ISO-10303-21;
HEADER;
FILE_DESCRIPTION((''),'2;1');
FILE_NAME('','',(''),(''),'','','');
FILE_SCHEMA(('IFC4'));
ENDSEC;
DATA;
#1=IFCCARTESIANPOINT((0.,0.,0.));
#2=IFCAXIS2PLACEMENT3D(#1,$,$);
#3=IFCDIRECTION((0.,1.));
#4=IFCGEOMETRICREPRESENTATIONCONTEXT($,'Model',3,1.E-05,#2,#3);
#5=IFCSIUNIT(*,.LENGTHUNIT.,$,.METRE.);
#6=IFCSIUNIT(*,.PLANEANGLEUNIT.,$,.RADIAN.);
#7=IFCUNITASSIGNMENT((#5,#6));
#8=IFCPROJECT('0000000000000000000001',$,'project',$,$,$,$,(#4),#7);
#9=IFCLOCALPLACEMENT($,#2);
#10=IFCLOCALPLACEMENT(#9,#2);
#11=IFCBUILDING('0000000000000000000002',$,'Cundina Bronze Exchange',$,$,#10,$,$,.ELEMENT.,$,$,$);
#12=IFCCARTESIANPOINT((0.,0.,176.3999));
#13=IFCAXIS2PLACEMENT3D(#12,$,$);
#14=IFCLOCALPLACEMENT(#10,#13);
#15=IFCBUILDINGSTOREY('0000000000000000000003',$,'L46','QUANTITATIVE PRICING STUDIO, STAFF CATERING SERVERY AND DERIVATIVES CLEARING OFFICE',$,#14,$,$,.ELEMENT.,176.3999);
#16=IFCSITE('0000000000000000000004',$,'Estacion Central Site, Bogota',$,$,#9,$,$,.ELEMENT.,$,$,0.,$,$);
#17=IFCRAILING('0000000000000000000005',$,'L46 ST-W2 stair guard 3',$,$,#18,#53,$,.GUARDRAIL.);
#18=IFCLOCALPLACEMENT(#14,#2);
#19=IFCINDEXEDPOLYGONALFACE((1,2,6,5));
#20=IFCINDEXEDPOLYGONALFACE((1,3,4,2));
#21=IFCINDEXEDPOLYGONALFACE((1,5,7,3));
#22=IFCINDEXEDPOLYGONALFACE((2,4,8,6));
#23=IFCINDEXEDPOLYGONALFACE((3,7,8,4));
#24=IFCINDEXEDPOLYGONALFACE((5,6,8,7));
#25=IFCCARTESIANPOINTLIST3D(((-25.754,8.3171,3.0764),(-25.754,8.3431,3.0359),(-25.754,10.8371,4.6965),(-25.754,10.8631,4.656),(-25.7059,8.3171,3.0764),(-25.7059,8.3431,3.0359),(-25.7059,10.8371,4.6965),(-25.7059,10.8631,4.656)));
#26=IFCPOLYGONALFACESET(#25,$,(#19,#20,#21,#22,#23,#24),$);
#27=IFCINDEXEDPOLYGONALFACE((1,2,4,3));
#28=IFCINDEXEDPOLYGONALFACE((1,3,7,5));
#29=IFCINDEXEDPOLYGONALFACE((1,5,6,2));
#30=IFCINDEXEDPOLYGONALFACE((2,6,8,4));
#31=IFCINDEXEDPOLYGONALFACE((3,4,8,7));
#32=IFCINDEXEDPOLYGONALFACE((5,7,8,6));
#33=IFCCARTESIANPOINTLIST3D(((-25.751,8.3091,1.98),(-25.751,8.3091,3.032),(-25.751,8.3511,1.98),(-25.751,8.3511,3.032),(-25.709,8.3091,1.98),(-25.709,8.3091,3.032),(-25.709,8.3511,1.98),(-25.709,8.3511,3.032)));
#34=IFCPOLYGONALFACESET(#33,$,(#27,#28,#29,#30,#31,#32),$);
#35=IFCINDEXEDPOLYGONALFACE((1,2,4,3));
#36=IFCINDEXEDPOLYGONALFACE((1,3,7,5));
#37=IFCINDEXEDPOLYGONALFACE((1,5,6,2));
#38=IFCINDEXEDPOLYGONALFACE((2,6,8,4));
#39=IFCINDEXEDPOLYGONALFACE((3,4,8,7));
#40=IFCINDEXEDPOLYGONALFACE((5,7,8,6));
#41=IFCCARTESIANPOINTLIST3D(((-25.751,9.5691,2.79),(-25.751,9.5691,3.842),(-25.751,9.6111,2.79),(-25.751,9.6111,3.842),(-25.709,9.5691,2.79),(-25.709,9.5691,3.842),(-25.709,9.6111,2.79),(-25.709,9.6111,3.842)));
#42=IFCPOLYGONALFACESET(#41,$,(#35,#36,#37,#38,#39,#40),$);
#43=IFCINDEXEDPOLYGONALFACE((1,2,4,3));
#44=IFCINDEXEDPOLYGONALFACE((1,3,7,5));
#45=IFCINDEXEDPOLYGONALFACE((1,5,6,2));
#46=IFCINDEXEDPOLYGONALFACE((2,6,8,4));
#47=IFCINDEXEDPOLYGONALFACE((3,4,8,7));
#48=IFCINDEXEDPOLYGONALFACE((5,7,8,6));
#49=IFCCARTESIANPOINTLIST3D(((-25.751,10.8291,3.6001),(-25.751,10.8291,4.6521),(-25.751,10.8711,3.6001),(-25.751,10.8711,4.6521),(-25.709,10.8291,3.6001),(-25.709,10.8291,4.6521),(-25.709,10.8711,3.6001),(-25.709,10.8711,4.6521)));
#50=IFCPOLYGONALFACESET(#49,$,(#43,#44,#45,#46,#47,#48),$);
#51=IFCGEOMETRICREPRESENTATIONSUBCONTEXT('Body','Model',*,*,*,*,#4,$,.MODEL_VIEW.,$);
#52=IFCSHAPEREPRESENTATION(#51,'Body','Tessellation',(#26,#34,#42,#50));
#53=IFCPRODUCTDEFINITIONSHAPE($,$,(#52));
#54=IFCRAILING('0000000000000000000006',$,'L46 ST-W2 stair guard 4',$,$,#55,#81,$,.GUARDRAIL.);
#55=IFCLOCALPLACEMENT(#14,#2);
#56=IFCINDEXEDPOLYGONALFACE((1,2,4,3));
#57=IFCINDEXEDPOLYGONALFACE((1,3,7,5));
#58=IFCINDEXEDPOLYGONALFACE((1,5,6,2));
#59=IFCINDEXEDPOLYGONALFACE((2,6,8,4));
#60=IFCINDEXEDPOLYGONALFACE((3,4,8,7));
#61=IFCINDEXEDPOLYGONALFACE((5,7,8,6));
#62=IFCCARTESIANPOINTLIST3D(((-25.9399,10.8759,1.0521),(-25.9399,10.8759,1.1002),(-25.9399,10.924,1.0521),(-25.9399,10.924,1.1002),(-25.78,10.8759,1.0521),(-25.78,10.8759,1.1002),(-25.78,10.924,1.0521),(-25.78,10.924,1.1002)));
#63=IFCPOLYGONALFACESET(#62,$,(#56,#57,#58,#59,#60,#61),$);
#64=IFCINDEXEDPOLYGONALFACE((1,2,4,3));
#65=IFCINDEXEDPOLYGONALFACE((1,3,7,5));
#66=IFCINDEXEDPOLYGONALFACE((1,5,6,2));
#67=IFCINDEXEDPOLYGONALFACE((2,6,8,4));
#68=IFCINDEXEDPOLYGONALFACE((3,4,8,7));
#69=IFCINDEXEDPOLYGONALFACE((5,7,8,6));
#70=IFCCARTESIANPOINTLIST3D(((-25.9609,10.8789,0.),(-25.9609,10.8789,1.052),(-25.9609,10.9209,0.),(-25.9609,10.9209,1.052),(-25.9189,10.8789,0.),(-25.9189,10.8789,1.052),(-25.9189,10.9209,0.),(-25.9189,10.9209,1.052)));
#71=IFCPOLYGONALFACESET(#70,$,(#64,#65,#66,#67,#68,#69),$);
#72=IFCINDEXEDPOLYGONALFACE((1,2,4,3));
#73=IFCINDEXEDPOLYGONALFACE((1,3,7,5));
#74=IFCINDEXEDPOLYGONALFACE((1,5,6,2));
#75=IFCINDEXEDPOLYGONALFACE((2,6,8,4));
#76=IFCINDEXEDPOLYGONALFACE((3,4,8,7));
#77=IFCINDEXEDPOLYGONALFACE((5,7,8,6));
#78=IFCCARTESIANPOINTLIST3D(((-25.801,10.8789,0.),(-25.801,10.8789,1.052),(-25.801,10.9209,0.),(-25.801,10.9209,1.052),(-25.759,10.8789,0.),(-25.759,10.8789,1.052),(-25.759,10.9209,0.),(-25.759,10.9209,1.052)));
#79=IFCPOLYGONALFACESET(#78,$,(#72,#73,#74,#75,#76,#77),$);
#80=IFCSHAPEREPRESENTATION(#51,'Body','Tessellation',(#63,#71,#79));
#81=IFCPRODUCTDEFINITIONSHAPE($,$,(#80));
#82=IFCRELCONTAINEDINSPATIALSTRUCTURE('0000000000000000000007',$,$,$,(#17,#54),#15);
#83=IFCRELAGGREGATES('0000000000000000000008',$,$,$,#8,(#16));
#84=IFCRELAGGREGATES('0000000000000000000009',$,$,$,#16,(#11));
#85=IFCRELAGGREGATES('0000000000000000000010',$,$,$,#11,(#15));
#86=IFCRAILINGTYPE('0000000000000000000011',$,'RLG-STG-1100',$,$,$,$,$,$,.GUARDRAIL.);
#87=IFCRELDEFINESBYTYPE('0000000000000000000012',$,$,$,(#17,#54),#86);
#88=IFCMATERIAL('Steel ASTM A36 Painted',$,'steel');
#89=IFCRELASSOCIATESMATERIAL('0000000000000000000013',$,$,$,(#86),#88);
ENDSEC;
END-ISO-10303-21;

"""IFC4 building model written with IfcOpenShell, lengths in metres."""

from ifc_helpers import new_model, si_unit, direction, frame, origin, origin_2d, place, context, subcontext, project, spatial, rectangle, extrude, material, type_object, element, save


model = new_model("IFC4")

# Units and contexts
model_context = context("Model", 3, precision=1e-05, world=origin(), true_north=direction((0.0, 1.0)))
body_context = subcontext(model_context, "Body", "Model", "MODEL_VIEW")
ifc_project = project(units=[si_unit("LENGTHUNIT", "METRE"), si_unit("PLANEANGLEUNIT", "RADIAN")], contexts=[model_context])

# Site, building, storey
site_placement = place(None, origin())
site = spatial("IfcSite", under=ifc_project, at=site_placement, Name="Estacion Central Site, Bogota", CompositionType="ELEMENT", RefElevation=0.0)
building_placement = place(site_placement, origin())
building = spatial("IfcBuilding", under=site, at=building_placement, Name="Cundina Bronze Exchange", CompositionType="ELEMENT")
storey_placement = place(building_placement, frame((0.0, 0.0, 176.3999)))
storey = spatial("IfcBuildingStorey", under=building, at=storey_placement, Name="L46", Description="QUANTITATIVE PRICING STUDIO, STAFF CATERING SERVERY AND DERIVATIVES CLEARING OFFICE", CompositionType="ELEMENT", Elevation=176.3999)

# Shared definitions
ifc_material_1 = material(Name="Steel ASTM A36 Painted", Category="steel")

# Railings
railing_type_1 = type_object("IfcRailingType", Name="RLG-STG-1100", PredefinedType="GUARDRAIL", material=ifc_material_1)
railing_1_placement = place(storey_placement, frame((-25.73, 8.3301, 1.98)))
element("IfcRailing", 1, at=railing_1_placement, inside=storey, type_object=railing_type_1, Name="L46 ST-W2 stair guard 3", PredefinedType="GUARDRAIL", context=body_context, shape_type="SweptSolid", body=[
    extrude(rectangle(XDim=0.0481, YDim=0.0481, at=origin_2d()), frame((0.0, 0.0, 1.0762), z_axis=(0.0, 0.841163, 0.540782), x_axis=(-1.0, 0.0, 0.0)), (0.0, 0.0, 1.0), 2.9958),
    extrude(rectangle(XDim=0.042, YDim=0.042, at=origin_2d()), origin(), (0.0, 0.0, 1.0), 1.052),
    extrude(rectangle(XDim=0.042, YDim=0.042, at=origin_2d()), frame((0.0, 1.26, 0.8101)), (0.0, 0.0, 1.0), 1.052),
    extrude(rectangle(XDim=0.042, YDim=0.042, at=origin_2d()), frame((0.0, 2.52, 1.6201)), (0.0, 0.0, 1.0), 1.052),
])
railing_2_placement = place(storey_placement, frame((-25.9399, 10.8999, 0.0)))
element("IfcRailing", 2, at=railing_2_placement, inside=storey, type_object=railing_type_1, Name="L46 ST-W2 stair guard 4", PredefinedType="GUARDRAIL", context=body_context, shape_type="SweptSolid", body=[
    extrude(rectangle(XDim=0.0481, YDim=0.0481, at=origin_2d()), frame((0.0, 0.0, 1.0762), z_axis=(1.0, 0.0, 0.0), x_axis=(0.0, 1.0, 0.0)), (0.0, 0.0, 1.0), 0.1599),
    extrude(rectangle(XDim=0.042, YDim=0.042, at=origin_2d()), origin(), (0.0, 0.0, 1.0), 1.052),
    extrude(rectangle(XDim=0.042, YDim=0.042, at=origin_2d()), frame((0.1599, 0.0, 0.0)), (0.0, 0.0, 1.0), 1.052),
])

save(model, "model.ifc")
